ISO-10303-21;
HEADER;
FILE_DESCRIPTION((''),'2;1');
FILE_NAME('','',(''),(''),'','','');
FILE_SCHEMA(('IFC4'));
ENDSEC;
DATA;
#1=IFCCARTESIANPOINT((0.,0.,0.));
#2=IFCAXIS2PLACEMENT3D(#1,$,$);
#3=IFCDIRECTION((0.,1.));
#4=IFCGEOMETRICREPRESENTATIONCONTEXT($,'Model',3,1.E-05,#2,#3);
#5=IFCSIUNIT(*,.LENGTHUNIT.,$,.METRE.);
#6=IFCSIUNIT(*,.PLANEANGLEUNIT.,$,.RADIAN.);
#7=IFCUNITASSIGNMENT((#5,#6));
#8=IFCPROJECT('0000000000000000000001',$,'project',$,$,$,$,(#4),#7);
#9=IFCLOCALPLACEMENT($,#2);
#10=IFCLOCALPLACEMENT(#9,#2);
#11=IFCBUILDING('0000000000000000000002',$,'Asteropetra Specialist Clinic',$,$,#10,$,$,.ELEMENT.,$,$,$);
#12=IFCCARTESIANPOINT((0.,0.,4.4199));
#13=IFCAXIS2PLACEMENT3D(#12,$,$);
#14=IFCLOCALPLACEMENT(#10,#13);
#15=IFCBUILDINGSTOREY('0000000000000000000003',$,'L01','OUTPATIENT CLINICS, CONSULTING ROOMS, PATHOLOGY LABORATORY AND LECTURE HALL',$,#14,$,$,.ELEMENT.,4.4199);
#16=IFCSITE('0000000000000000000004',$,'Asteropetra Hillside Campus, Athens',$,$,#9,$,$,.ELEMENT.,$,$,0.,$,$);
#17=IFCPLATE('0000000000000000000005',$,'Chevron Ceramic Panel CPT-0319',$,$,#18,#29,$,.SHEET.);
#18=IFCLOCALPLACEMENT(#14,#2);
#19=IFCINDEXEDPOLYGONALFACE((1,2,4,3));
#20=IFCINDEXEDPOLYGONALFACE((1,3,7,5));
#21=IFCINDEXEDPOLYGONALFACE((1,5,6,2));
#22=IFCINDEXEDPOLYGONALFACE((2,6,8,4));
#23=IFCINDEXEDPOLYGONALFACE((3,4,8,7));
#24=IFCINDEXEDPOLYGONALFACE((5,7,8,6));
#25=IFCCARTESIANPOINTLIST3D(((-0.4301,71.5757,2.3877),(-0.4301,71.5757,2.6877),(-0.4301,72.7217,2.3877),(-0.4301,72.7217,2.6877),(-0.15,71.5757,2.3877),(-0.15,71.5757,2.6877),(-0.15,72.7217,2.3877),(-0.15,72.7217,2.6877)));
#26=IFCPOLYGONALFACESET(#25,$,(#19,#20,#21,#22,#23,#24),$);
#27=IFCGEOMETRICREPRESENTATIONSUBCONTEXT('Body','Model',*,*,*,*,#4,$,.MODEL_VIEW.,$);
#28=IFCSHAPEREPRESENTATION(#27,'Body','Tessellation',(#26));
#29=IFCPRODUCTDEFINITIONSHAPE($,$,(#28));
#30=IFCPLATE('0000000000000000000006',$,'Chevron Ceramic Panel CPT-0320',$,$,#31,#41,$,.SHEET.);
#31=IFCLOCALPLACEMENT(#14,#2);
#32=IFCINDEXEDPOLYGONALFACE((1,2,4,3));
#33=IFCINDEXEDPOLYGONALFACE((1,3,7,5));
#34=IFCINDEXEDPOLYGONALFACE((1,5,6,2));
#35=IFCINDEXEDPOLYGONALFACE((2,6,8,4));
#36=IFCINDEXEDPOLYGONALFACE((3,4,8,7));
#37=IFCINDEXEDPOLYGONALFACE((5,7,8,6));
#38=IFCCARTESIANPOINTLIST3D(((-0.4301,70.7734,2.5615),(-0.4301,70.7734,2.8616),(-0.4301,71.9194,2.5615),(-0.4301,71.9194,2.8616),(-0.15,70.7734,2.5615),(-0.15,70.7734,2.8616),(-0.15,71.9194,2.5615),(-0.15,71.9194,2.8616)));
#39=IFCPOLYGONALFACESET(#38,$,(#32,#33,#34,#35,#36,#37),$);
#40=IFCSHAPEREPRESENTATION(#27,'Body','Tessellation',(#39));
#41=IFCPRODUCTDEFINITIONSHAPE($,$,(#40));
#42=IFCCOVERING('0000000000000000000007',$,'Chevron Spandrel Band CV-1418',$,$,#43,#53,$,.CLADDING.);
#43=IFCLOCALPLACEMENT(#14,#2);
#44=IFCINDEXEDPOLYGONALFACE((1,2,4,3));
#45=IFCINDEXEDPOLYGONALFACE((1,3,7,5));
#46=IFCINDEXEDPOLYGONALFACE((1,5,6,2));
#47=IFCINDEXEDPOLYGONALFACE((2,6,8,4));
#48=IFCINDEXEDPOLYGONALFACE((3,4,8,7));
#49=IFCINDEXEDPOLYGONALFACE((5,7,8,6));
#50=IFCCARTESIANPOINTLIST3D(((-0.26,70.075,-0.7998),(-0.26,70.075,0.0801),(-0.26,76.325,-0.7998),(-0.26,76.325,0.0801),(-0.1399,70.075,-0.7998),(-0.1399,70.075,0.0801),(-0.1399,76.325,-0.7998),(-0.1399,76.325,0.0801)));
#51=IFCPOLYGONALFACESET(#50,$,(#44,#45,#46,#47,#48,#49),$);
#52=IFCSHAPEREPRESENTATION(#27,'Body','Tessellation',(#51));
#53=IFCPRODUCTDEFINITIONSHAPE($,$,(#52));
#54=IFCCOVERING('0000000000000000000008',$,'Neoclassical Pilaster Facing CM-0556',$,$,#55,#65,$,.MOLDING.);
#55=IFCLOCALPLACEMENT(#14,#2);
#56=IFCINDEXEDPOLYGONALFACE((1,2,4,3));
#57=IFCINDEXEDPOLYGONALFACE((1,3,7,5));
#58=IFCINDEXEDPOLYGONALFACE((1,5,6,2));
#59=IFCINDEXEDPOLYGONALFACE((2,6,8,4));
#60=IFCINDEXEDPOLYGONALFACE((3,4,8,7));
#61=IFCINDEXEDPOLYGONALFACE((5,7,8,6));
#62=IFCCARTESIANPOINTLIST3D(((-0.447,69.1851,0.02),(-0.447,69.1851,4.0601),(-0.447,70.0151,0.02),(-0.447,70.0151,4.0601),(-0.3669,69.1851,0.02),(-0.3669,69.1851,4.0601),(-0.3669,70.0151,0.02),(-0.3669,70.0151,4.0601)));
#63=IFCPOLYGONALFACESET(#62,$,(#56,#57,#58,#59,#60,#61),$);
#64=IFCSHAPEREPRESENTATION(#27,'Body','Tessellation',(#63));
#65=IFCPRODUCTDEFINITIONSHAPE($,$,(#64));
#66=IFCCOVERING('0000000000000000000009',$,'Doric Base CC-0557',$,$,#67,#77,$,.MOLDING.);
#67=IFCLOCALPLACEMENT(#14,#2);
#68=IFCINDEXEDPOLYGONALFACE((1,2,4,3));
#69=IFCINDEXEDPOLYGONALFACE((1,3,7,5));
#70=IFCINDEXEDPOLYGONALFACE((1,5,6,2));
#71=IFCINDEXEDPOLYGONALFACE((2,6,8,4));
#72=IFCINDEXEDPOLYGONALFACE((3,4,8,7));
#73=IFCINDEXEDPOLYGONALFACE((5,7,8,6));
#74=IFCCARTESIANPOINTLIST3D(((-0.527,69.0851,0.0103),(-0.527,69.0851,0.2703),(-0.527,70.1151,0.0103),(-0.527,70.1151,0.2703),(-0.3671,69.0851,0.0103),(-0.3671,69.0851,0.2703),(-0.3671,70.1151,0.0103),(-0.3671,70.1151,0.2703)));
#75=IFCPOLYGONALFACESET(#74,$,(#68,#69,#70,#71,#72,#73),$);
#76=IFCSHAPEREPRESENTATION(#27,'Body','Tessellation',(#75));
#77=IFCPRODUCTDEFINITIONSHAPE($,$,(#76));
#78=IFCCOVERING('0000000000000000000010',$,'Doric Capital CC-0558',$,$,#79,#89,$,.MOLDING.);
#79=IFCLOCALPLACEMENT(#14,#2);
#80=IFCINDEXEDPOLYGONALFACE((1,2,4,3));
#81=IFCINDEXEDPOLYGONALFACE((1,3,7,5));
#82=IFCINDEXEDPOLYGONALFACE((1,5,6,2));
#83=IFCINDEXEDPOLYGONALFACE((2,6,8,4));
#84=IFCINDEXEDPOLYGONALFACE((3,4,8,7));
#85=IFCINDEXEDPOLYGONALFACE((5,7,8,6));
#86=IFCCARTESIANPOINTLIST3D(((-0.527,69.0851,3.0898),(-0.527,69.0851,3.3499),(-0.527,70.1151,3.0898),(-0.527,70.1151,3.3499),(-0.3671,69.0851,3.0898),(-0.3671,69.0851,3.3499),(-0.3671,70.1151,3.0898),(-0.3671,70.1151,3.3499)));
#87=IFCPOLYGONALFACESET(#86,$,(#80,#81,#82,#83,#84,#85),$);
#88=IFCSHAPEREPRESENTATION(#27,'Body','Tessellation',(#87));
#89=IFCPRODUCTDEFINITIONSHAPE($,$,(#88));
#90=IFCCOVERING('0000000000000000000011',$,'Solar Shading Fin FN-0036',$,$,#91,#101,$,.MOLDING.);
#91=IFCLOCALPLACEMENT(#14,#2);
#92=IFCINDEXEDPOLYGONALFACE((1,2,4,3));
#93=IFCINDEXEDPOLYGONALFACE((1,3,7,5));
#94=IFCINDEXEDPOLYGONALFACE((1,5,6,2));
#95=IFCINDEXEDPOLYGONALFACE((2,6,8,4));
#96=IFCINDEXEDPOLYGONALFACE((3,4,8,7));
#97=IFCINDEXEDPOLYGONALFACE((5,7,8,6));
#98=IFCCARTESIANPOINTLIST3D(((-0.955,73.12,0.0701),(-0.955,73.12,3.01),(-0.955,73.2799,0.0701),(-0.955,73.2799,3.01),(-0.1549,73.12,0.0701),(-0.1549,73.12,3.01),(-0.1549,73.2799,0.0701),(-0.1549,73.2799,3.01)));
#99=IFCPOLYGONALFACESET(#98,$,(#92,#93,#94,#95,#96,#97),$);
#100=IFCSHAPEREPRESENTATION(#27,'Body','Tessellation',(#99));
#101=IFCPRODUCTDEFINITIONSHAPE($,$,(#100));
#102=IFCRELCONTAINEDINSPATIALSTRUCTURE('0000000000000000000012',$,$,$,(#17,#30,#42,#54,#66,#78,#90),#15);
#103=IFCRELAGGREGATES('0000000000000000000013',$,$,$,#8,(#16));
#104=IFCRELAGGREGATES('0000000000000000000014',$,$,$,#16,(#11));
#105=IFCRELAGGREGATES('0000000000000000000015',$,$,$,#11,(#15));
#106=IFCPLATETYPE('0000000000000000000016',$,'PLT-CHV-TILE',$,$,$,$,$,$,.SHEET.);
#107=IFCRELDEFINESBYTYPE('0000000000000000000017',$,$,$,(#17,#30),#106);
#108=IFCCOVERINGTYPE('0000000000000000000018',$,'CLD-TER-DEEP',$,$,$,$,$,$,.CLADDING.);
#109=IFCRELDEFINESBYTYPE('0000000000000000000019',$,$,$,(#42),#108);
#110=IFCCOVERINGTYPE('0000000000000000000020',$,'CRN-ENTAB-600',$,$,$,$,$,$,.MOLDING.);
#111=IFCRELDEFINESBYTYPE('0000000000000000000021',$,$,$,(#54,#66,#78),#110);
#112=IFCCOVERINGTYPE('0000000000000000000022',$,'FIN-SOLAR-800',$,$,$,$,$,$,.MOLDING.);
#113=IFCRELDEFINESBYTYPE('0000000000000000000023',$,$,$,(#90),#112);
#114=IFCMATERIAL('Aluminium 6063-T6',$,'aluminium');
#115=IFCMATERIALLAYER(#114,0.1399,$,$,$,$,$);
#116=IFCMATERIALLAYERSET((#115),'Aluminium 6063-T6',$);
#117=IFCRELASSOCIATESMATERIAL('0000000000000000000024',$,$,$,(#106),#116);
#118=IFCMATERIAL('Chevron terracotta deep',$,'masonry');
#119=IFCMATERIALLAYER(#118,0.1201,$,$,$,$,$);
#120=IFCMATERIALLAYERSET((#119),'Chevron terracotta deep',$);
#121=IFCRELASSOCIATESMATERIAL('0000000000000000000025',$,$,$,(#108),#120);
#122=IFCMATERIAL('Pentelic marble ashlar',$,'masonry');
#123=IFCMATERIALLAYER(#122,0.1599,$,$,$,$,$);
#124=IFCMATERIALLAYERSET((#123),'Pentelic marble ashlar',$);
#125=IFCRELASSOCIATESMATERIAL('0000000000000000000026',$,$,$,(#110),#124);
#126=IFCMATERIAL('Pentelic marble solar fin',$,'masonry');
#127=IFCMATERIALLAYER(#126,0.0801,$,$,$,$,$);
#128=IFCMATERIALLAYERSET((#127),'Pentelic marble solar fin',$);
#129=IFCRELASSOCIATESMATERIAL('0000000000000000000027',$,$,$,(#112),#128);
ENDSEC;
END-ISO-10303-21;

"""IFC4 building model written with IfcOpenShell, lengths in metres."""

from ifc_helpers import new_model, si_unit, direction, frame, origin, origin_2d, place, context, subcontext, project, spatial, rectangle, extrude, material, layer, layer_set, type_object, element, save


model = new_model("IFC4")

# Units and contexts
model_context = context("Model", 3, precision=1e-05, world=origin(), true_north=direction((0.0, 1.0)))
body_context = subcontext(model_context, "Body", "Model", "MODEL_VIEW")
ifc_project = project(units=[si_unit("LENGTHUNIT", "METRE"), si_unit("PLANEANGLEUNIT", "RADIAN")], contexts=[model_context])

# Site, building, storey
site_placement = place(None, origin())
site = spatial("IfcSite", under=ifc_project, at=site_placement, Name="Asteropetra Hillside Campus, Athens", CompositionType="ELEMENT", RefElevation=0.0)
building_placement = place(site_placement, origin())
building = spatial("IfcBuilding", under=site, at=building_placement, Name="Asteropetra Specialist Clinic", CompositionType="ELEMENT")
storey_placement = place(building_placement, frame((0.0, 0.0, 4.4199)))
storey = spatial("IfcBuildingStorey", under=building, at=storey_placement, Name="L01", Description="OUTPATIENT CLINICS, CONSULTING ROOMS, PATHOLOGY LABORATORY AND LECTURE HALL", CompositionType="ELEMENT", Elevation=4.4199)

# Plates
ifc_material_1 = material(Name="Aluminium 6063-T6", Category="aluminium")
ifc_layer_1 = layer(ifc_material_1, 0.1399)
ifc_layer_set_1 = layer_set([ifc_layer_1], Name="Aluminium 6063-T6")
plate_type_1 = type_object("IfcPlateType", Name="PLT-CHV-TILE", PredefinedType="SHEET", material=ifc_layer_set_1)
for number, where, z_axis, x_axis, name in (
    (1, (-0.29, 72.1487, 2.3877), (0.0, 0.0, 1.0), (1.0, 0.0, 0.0), "Chevron Ceramic Panel CPT-0319"),
    (2, (-0.29, 71.3464, 2.5615), (0.0, 0.0, 1.0), (1.0, 0.0, 0.0), "Chevron Ceramic Panel CPT-0320"),
):
    element("IfcPlate", number, at=place(storey_placement, frame(where, z_axis=z_axis, x_axis=x_axis)), inside=storey, type_object=plate_type_1, Name=name, PredefinedType="SHEET", context=body_context, shape_type="SweptSolid", body=[
        extrude(rectangle(XDim=0.28, YDim=1.146, at=origin_2d()), origin(), (0.0, 0.0, 1.0), 0.3),
    ])

# Coverings
ifc_material_2 = material(Name="Chevron terracotta deep", Category="masonry")
ifc_layer_2 = layer(ifc_material_2, 0.1201)
ifc_layer_set_2 = layer_set([ifc_layer_2], Name="Chevron terracotta deep")
covering_type_1 = type_object("IfcCoveringType", Name="CLD-TER-DEEP", PredefinedType="CLADDING", material=ifc_layer_set_2)
covering_1_placement = place(storey_placement, frame((-0.2, 73.2, -0.7998), z_axis=(0.0, 0.0, 1.0), x_axis=(1.0, 0.0, 0.0)))
element("IfcCovering", 3, at=covering_1_placement, inside=storey, type_object=covering_type_1, Name="Chevron Spandrel Band CV-1418", PredefinedType="CLADDING", context=body_context, shape_type="SweptSolid", body=[
    extrude(rectangle(XDim=0.1201, YDim=6.25, at=origin_2d()), origin(), (0.0, 0.0, 1.0), 0.8799),
])
ifc_material_3 = material(Name="Pentelic marble ashlar", Category="masonry")
ifc_layer_3 = layer(ifc_material_3, 0.1599)
ifc_layer_set_3 = layer_set([ifc_layer_3], Name="Pentelic marble ashlar")
covering_type_2 = type_object("IfcCoveringType", Name="CRN-ENTAB-600", PredefinedType="MOLDING", material=ifc_layer_set_3)
covering_2_placement = place(storey_placement, frame((-0.407, 69.6001, 0.02), z_axis=(0.0, 0.0, 1.0), x_axis=(1.0, 0.0, 0.0)))
element("IfcCovering", 4, at=covering_2_placement, inside=storey, type_object=covering_type_2, Name="Neoclassical Pilaster Facing CM-0556", PredefinedType="MOLDING", context=body_context, shape_type="SweptSolid", body=[
    extrude(rectangle(XDim=0.0801, YDim=0.8301, at=origin_2d()), origin(), (0.0, 0.0, 1.0), 4.04),
])
for number, where, z_axis, x_axis, name in (
    (5, (-0.447, 69.6001, 0.0103), (0.0, 0.0, 1.0), (1.0, 0.0, 0.0), "Doric Base CC-0557"),
    (6, (-0.447, 69.6001, 3.0898), (0.0, 0.0, 1.0), (1.0, 0.0, 0.0), "Doric Capital CC-0558"),
):
    element("IfcCovering", number, at=place(storey_placement, frame(where, z_axis=z_axis, x_axis=x_axis)), inside=storey, type_object=covering_type_2, Name=name, PredefinedType="MOLDING", context=body_context, shape_type="SweptSolid", body=[
        extrude(rectangle(XDim=0.1599, YDim=1.03, at=origin_2d()), origin(), (0.0, 0.0, 1.0), 0.26),
    ])
ifc_material_4 = material(Name="Pentelic marble solar fin", Category="masonry")
ifc_layer_4 = layer(ifc_material_4, 0.0801)
ifc_layer_set_4 = layer_set([ifc_layer_4], Name="Pentelic marble solar fin")
covering_type_3 = type_object("IfcCoveringType", Name="FIN-SOLAR-800", PredefinedType="MOLDING", material=ifc_layer_set_4)
covering_3_placement = place(storey_placement, frame((-0.5549, 73.2, 0.0701), z_axis=(0.0, 0.0, 1.0), x_axis=(1.0, 0.0, 0.0)))
element("IfcCovering", 7, at=covering_3_placement, inside=storey, type_object=covering_type_3, Name="Solar Shading Fin FN-0036", PredefinedType="MOLDING", context=body_context, shape_type="SweptSolid", body=[
    extrude(rectangle(XDim=0.8, YDim=0.1599, at=origin_2d()), origin(), (0.0, 0.0, 1.0), 2.9399),
])

save(model, "model.ifc")
